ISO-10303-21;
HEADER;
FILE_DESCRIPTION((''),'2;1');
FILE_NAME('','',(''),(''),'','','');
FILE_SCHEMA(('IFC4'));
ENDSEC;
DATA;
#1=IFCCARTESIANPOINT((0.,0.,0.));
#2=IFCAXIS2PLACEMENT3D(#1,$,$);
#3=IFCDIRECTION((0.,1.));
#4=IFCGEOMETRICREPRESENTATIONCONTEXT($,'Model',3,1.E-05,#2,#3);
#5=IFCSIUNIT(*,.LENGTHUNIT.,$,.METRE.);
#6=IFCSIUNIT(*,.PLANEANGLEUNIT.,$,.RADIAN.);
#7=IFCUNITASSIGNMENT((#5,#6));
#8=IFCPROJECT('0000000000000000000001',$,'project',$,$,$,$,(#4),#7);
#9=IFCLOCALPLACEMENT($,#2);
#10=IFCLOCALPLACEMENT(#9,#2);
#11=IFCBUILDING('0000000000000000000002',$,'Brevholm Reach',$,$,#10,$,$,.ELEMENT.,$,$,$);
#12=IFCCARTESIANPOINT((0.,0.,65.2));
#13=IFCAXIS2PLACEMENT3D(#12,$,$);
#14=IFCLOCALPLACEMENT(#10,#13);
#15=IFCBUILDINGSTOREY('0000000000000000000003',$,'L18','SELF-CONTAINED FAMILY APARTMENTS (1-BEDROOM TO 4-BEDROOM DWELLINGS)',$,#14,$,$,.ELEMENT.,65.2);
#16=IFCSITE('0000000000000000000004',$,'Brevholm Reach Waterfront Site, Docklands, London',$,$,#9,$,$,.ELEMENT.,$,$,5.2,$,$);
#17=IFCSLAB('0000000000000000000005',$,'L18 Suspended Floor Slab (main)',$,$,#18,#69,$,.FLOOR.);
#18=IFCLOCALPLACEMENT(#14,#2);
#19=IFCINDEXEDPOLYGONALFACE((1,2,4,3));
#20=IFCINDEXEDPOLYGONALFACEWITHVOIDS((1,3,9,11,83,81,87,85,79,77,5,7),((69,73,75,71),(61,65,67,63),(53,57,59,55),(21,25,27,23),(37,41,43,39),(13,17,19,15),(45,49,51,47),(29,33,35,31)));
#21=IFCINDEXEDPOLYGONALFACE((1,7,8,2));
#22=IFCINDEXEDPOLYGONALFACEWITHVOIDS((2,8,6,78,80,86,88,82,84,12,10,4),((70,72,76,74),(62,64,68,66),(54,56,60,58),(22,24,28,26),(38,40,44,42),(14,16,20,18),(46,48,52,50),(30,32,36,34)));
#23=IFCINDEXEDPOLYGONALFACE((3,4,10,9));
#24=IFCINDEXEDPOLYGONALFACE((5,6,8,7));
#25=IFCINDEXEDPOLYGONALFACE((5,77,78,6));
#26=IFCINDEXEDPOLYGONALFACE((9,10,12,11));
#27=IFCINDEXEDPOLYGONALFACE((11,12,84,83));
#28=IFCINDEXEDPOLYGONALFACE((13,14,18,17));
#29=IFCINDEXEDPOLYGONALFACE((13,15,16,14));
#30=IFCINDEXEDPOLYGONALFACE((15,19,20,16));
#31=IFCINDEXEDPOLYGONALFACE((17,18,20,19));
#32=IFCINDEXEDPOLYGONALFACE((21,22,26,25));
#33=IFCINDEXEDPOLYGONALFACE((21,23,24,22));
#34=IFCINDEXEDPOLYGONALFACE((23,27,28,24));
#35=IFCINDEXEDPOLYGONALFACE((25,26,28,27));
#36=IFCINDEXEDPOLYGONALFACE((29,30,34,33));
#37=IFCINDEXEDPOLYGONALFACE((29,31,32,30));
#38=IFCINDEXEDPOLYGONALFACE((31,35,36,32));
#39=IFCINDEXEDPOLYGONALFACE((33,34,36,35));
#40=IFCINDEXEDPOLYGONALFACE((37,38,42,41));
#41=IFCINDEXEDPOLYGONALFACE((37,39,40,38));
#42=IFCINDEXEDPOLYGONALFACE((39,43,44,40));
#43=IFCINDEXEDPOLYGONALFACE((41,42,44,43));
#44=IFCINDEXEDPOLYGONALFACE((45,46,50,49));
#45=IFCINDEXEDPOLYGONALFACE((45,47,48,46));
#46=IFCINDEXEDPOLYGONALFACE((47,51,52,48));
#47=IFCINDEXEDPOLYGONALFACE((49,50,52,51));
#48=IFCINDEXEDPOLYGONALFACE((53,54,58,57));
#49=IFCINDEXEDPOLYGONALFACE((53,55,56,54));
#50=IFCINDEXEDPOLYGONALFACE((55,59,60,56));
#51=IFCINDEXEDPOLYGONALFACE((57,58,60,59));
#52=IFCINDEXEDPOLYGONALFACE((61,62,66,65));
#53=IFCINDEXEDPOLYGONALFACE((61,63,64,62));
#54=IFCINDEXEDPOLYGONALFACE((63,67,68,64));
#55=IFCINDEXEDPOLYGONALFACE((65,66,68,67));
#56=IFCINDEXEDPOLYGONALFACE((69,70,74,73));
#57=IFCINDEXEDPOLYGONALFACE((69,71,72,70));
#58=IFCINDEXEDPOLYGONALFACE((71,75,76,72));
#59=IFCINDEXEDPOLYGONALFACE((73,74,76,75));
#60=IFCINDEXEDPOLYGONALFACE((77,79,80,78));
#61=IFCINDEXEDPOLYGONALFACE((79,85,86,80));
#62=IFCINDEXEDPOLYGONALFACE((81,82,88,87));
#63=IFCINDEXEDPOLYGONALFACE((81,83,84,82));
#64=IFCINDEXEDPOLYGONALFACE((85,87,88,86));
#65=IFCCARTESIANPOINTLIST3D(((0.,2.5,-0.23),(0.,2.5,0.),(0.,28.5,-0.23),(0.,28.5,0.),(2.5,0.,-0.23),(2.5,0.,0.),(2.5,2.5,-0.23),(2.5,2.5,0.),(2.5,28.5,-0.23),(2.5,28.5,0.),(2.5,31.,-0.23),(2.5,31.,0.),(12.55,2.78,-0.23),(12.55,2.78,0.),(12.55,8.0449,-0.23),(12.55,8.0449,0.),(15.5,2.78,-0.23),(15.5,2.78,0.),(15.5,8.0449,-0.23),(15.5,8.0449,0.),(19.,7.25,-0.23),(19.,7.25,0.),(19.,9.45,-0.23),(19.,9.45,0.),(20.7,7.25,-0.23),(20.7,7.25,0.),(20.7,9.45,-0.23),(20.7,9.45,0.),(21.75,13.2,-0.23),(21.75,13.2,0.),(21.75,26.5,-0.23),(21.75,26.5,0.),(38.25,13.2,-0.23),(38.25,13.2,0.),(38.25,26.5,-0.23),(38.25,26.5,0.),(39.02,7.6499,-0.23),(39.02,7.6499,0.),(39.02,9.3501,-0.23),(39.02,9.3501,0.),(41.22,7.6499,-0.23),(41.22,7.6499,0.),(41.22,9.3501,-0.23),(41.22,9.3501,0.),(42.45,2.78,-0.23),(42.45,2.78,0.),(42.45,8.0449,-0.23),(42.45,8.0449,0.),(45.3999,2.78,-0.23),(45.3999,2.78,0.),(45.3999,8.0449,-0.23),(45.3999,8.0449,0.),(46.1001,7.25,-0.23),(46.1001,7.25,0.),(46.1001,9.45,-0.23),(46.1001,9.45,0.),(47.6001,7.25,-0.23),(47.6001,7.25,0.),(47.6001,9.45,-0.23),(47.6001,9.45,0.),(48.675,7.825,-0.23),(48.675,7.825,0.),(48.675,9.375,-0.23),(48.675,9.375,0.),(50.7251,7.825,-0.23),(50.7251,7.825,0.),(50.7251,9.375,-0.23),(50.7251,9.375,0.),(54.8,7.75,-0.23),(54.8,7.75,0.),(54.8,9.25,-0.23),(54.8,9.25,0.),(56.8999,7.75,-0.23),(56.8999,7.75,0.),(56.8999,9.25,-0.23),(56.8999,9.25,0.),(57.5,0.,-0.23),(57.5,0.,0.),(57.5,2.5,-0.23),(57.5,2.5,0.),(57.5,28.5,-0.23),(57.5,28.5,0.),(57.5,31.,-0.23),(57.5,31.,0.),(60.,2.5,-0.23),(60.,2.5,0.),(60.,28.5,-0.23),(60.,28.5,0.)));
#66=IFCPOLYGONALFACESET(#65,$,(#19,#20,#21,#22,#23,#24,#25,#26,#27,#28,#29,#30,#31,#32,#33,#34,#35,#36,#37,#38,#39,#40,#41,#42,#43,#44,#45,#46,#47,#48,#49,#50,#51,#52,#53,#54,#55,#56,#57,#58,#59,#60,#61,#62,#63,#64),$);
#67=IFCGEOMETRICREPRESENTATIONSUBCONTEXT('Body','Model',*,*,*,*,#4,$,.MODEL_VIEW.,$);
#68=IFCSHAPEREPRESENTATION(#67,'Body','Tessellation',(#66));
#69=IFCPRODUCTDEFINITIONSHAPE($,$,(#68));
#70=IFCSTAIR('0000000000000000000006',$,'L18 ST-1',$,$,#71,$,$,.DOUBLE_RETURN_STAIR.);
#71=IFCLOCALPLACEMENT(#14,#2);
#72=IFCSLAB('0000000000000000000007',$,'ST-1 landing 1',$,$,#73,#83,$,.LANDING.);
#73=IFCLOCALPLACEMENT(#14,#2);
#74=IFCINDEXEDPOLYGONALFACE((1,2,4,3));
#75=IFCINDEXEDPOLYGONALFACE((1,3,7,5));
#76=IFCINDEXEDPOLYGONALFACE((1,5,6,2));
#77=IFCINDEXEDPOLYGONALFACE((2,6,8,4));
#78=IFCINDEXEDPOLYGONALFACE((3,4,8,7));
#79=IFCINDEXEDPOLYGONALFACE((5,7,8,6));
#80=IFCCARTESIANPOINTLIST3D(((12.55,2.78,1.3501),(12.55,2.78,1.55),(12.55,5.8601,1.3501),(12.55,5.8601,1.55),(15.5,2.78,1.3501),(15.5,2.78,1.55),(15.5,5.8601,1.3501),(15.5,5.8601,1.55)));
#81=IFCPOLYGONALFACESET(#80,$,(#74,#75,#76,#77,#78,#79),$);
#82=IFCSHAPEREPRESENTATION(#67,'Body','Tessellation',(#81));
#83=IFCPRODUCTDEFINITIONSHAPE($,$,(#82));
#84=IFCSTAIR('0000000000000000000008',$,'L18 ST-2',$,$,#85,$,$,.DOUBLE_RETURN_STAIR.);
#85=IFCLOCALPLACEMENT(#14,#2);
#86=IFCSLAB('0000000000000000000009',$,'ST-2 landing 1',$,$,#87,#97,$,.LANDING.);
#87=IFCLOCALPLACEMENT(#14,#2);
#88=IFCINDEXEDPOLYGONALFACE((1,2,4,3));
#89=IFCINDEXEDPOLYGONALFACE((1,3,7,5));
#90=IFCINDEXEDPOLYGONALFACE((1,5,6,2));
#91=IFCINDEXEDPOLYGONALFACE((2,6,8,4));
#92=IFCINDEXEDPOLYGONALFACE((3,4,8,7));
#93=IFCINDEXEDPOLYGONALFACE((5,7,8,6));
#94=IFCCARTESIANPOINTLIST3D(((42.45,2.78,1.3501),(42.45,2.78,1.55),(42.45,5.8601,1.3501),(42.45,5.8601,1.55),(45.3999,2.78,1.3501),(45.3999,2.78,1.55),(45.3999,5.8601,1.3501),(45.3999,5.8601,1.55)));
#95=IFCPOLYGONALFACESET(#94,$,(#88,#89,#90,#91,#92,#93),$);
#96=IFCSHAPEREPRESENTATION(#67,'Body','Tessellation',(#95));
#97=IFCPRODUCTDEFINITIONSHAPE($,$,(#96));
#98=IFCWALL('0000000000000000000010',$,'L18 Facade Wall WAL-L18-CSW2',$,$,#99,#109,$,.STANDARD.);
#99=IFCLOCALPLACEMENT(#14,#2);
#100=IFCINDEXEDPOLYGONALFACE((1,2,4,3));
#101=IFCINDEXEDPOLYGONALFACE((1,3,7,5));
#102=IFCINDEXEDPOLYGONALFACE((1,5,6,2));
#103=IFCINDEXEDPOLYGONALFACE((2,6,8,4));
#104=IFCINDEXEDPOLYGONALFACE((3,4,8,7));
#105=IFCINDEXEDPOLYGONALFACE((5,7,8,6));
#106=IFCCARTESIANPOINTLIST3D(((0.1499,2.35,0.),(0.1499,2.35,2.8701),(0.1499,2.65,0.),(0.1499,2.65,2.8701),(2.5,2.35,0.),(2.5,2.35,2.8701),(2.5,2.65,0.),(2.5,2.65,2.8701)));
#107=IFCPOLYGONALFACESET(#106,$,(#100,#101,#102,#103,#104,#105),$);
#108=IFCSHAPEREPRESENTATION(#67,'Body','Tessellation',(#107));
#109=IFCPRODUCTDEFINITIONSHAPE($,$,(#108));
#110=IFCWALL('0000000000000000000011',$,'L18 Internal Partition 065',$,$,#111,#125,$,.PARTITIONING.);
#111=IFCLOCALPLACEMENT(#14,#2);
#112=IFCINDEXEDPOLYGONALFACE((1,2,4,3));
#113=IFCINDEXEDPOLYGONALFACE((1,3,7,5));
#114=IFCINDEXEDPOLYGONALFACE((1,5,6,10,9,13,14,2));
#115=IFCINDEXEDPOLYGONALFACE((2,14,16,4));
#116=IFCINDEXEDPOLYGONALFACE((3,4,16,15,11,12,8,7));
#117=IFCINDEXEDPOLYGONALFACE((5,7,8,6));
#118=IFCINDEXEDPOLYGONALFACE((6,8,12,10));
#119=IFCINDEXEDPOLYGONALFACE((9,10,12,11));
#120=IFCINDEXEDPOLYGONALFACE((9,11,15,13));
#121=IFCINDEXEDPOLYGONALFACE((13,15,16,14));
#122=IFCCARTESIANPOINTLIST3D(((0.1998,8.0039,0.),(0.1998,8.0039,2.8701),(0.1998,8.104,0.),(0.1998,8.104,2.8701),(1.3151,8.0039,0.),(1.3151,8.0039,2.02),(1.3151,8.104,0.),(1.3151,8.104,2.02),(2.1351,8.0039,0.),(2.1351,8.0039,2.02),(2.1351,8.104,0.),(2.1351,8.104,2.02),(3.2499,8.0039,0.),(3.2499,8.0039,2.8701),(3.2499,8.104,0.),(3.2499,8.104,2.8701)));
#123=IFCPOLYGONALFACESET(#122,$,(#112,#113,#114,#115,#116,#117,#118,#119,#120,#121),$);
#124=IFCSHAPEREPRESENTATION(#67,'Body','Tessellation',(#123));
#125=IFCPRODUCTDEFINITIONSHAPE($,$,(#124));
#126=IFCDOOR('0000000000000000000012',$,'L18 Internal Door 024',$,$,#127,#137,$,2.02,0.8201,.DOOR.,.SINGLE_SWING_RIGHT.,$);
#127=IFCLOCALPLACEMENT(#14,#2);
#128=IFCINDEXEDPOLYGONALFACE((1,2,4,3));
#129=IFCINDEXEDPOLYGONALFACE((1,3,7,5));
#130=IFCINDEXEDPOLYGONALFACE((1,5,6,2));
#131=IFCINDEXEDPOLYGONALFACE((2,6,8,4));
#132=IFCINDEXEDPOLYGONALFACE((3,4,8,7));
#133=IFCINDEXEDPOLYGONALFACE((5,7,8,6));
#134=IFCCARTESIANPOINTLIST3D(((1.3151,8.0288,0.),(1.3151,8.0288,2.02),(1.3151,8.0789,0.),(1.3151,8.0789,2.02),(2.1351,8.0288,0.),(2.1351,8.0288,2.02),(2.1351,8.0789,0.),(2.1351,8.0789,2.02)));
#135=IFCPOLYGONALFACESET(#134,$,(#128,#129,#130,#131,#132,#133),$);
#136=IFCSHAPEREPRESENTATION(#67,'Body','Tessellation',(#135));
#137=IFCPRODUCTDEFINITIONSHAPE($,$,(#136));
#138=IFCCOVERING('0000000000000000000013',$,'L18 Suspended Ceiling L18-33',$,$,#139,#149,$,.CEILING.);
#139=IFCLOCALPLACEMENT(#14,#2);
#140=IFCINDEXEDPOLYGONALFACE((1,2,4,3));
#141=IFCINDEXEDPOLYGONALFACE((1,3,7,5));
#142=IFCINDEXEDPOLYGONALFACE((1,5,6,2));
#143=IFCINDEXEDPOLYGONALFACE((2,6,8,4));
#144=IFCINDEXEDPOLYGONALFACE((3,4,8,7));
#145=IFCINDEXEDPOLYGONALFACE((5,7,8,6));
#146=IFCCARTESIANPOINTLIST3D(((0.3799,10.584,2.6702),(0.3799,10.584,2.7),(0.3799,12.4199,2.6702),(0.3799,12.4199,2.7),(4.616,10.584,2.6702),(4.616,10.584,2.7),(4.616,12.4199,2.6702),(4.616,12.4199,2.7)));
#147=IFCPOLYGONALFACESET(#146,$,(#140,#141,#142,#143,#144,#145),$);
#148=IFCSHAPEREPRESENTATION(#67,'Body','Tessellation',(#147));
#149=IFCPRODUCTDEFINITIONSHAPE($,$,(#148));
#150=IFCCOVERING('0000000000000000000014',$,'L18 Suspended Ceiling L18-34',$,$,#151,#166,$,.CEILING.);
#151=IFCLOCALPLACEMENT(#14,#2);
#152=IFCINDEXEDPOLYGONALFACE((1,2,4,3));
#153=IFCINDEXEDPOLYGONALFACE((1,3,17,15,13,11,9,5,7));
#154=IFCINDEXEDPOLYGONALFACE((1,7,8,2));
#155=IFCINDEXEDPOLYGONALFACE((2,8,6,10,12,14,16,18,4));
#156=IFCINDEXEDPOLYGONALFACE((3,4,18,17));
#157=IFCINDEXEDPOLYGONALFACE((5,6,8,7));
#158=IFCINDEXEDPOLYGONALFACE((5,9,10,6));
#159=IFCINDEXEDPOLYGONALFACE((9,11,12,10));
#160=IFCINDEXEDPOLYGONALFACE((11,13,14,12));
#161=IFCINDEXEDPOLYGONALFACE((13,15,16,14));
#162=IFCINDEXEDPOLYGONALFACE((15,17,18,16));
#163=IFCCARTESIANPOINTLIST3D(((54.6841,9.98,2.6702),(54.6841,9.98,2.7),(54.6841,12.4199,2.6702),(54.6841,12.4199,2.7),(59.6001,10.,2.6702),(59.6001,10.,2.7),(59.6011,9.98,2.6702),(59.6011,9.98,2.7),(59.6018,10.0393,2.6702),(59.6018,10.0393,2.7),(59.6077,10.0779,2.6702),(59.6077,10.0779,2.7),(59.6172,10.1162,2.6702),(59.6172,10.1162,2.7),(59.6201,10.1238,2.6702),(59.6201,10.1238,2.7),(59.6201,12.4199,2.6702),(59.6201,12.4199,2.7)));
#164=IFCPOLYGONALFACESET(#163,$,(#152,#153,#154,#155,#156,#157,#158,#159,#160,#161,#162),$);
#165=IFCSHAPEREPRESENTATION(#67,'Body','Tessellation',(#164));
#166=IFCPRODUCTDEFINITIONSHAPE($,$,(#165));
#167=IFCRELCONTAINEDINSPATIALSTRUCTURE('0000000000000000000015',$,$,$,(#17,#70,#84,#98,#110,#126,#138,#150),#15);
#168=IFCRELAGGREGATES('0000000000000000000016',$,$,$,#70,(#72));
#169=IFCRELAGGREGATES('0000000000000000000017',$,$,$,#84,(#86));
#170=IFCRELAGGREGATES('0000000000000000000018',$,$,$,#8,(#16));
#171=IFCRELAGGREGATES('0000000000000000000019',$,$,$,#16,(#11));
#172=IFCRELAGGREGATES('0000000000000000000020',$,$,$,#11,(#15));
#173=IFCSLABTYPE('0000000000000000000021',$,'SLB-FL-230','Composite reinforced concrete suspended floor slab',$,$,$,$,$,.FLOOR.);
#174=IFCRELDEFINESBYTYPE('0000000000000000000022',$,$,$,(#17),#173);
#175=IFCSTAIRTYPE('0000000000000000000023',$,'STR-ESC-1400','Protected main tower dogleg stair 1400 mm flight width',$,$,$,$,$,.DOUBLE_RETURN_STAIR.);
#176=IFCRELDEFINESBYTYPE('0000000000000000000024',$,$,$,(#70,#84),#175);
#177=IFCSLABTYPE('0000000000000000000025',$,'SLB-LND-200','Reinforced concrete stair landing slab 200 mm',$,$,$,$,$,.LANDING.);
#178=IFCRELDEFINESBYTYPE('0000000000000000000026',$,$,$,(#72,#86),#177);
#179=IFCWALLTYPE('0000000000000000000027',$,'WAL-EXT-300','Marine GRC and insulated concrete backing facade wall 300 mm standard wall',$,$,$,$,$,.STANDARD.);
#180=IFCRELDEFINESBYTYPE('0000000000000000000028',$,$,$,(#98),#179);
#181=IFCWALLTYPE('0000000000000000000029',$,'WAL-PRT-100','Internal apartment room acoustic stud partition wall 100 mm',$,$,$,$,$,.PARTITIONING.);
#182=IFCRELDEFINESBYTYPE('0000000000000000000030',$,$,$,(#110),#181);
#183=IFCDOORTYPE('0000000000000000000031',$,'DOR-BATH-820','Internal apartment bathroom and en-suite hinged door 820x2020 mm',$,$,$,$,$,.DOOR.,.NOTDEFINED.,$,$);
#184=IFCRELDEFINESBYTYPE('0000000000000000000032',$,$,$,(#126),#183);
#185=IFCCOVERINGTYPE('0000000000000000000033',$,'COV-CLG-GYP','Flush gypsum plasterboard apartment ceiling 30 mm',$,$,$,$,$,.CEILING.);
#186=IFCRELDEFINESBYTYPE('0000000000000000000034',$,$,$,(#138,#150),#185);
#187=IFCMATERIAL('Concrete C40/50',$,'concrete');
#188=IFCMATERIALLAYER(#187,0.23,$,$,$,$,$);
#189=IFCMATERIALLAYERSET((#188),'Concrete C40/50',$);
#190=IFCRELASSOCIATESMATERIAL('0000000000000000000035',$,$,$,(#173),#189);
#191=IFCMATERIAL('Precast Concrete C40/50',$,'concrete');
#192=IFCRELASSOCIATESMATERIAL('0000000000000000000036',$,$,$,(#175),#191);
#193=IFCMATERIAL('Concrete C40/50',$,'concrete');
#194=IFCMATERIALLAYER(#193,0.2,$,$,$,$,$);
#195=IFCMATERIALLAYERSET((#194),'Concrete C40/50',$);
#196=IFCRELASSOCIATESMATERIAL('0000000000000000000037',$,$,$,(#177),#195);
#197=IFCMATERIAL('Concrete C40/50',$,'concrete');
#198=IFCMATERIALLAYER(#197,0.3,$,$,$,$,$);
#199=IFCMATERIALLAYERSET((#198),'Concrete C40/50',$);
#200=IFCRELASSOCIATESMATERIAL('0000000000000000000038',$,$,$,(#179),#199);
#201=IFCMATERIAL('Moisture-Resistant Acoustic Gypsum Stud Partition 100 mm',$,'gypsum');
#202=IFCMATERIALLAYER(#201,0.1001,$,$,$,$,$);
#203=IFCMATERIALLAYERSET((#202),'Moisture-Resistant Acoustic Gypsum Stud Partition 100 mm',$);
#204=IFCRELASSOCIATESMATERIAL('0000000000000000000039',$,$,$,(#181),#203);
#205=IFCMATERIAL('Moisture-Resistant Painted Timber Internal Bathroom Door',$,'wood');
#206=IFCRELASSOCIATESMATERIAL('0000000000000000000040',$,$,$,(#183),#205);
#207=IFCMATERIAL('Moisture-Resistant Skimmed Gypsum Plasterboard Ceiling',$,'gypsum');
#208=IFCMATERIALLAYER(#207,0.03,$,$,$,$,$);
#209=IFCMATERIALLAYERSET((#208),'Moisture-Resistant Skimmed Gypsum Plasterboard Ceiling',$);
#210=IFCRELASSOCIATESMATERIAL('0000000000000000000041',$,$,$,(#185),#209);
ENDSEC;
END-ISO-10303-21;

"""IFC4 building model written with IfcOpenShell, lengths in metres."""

from ifc_helpers import new_model, si_unit, direction, frame, frame_2d, origin, place, context, subcontext, project, spatial, polyline, rectangle, outline, extrude, material, layer, layer_set, type_object, element, fill, aggregate, save


model = new_model("IFC4")

# Units and contexts
model_context = context("Model", 3, precision=1e-05, world=origin(), true_north=direction((0.0, 1.0)))
body_context = subcontext(model_context, "Body", "Model", "MODEL_VIEW")
ifc_project = project(units=[si_unit("LENGTHUNIT", "METRE"), si_unit("PLANEANGLEUNIT", "RADIAN")], contexts=[model_context])

# Site, building, storey
site_placement = place(None, origin())
site = spatial("IfcSite", under=ifc_project, at=site_placement, Name="Brevholm Reach Waterfront Site, Docklands, London", CompositionType="ELEMENT", RefElevation=5.2)
building_placement = place(site_placement, origin())
building = spatial("IfcBuilding", under=site, at=building_placement, Name="Brevholm Reach", CompositionType="ELEMENT")
storey_placement = place(building_placement, frame((0.0, 0.0, 65.2)))
storey = spatial("IfcBuildingStorey", under=building, at=storey_placement, Name="L18", Description="SELF-CONTAINED FAMILY APARTMENTS (1-BEDROOM TO 4-BEDROOM DWELLINGS)", CompositionType="ELEMENT", Elevation=65.2)

# Slab
ifc_material_1 = material(Name="Concrete C40/50", Category="concrete")
ifc_layer_1 = layer(ifc_material_1, 0.23)
ifc_layer_set_1 = layer_set([ifc_layer_1], Name="Concrete C40/50")
slab_type_1 = type_object("IfcSlabType", Name="SLB-FL-230", Description="Composite reinforced concrete suspended floor slab", PredefinedType="FLOOR", material=ifc_layer_set_1)
slab_1_placement = place(storey_placement, frame((0.0, 0.0, -0.23)))
element("IfcSlab", 1, at=slab_1_placement, inside=storey, type_object=slab_type_1, Name="L18 Suspended Floor Slab (main)", PredefinedType="FLOOR", context=body_context, shape_type="SweptSolid", body=[
    extrude(outline(polyline([(2.5, 0.0), (57.5, 0.0), (57.5, 2.5), (60.0, 2.5), (60.0, 28.5), (57.5, 28.5), (57.5, 31.0), (2.5, 31.0), (2.5, 28.5), (0.0, 28.5), (0.0, 2.5), (2.5, 2.5), (2.5, 0.0)]), holes=[polyline([(21.75, 13.2), (38.25, 13.2), (38.25, 26.5), (21.75, 26.5), (21.75, 13.2)]), polyline([(12.55, 2.78), (15.5, 2.78), (15.5, 8.0449), (12.55, 8.0449), (12.55, 2.78)]), polyline([(42.45, 2.78), (45.3999, 2.78), (45.3999, 8.0449), (42.45, 8.0449), (42.45, 2.78)]), polyline([(19.0, 7.25), (20.7, 7.25), (20.7, 9.45), (19.0, 9.45), (19.0, 7.25)]), polyline([(46.1001, 7.25), (47.6001, 7.25), (47.6001, 9.45), (46.1001, 9.45), (46.1001, 7.25)]), polyline([(48.675, 7.825), (50.7251, 7.825), (50.7251, 9.375), (48.675, 9.375), (48.675, 7.825)]), polyline([(54.8, 7.75), (56.8999, 7.75), (56.8999, 9.25), (54.8, 9.25), (54.8, 7.75)]), polyline([(39.02, 7.6499), (41.22, 7.6499), (41.22, 9.3501), (39.02, 9.3501), (39.02, 7.6499)])]), origin(), (0.0, 0.0, 1.0), 0.23),
])

# Stairs, slabs
ifc_material_2 = material(Name="Precast Concrete C40/50", Category="concrete")
stair_type = type_object("IfcStairType", Name="STR-ESC-1400", Description="Protected main tower dogleg stair 1400 mm flight width", PredefinedType="DOUBLE_RETURN_STAIR", material=ifc_material_2)
stair_1_placement = place(storey_placement, origin())
stair_1 = element("IfcStair", 2, at=stair_1_placement, inside=storey, type_object=stair_type, Name="L18 ST-1", PredefinedType="DOUBLE_RETURN_STAIR")
ifc_material_3 = material(Name="Concrete C40/50", Category="concrete")
ifc_layer_2 = layer(ifc_material_3, 0.2)
ifc_layer_set_2 = layer_set([ifc_layer_2], Name="Concrete C40/50")
slab_type_2 = type_object("IfcSlabType", Name="SLB-LND-200", Description="Reinforced concrete stair landing slab 200 mm", PredefinedType="LANDING", material=ifc_layer_set_2)
slab_2_placement = place(storey_placement, frame((0.0, 0.0, 1.3501)))
slab_2 = element("IfcSlab", 3, at=slab_2_placement, type_object=slab_type_2, Name="ST-1 landing 1", PredefinedType="LANDING", context=body_context, shape_type="SweptSolid", body=[
    extrude(outline(polyline([(12.55, 5.8601), (12.55, 2.78), (15.5, 2.78), (15.5, 5.8601), (12.55, 5.8601)])), origin(), (0.0, 0.0, 1.0), 0.2),
])
aggregate(stair_1, [slab_2])
stair_2_placement = place(storey_placement, origin())
stair_2 = element("IfcStair", 4, at=stair_2_placement, inside=storey, type_object=stair_type, Name="L18 ST-2", PredefinedType="DOUBLE_RETURN_STAIR")
slab_3_placement = place(storey_placement, frame((0.0, 0.0, 1.3501)))
slab_3 = element("IfcSlab", 5, at=slab_3_placement, type_object=slab_type_2, Name="ST-2 landing 1", PredefinedType="LANDING", context=body_context, shape_type="SweptSolid", body=[
    extrude(outline(polyline([(42.45, 5.8601), (42.45, 2.78), (45.3999, 2.78), (45.3999, 5.8601), (42.45, 5.8601)])), origin(), (0.0, 0.0, 1.0), 0.2),
])
aggregate(stair_2, [slab_3])

# Wall
ifc_material_4 = material(Name="Concrete C40/50", Category="concrete")
ifc_layer_3 = layer(ifc_material_4, 0.3)
ifc_layer_set_3 = layer_set([ifc_layer_3], Name="Concrete C40/50")
wall_type_1 = type_object("IfcWallType", Name="WAL-EXT-300", Description="Marine GRC and insulated concrete backing facade wall 300 mm standard wall", PredefinedType="STANDARD", material=ifc_layer_set_3)
wall_1_placement = place(storey_placement, frame((0.1499, 2.5, 0.0), z_axis=(0.0, 0.0, 1.0), x_axis=(1.0, 0.0, 0.0)))
element("IfcWall", 6, at=wall_1_placement, inside=storey, type_object=wall_type_1, Name="L18 Facade Wall WAL-L18-CSW2", PredefinedType="STANDARD", context=body_context, shape_type="SweptSolid", body=[
    extrude(rectangle(XDim=2.3501, YDim=0.3, at=frame_2d((1.175, 0.0))), origin(), (0.0, 0.0, 1.0), 2.8701),
])

# Wall, opening, door
ifc_material_5 = material(Name="Moisture-Resistant Acoustic Gypsum Stud Partition 100 mm", Category="gypsum")
ifc_layer_4 = layer(ifc_material_5, 0.1001)
ifc_layer_set_4 = layer_set([ifc_layer_4], Name="Moisture-Resistant Acoustic Gypsum Stud Partition 100 mm")
wall_type_2 = type_object("IfcWallType", Name="WAL-PRT-100", Description="Internal apartment room acoustic stud partition wall 100 mm", PredefinedType="PARTITIONING", material=ifc_layer_set_4)
wall_2_placement = place(storey_placement, frame((0.2, 8.054, 0.0), z_axis=(0.0, 0.0, 1.0), x_axis=(1.0, 0.0, 0.0)))
wall_2 = element("IfcWall", 7, at=wall_2_placement, inside=storey, type_object=wall_type_2, Name="L18 Internal Partition 065", PredefinedType="PARTITIONING", context=body_context, shape_type="SweptSolid", body=[
    extrude(rectangle(XDim=3.05, YDim=0.1001, at=frame_2d((1.5249, 0.0))), origin(), (0.0, 0.0, 1.0), 2.8701),
])
opening_placement = place(wall_2_placement, frame((1.115, 0.0, 0.0)))
opening = element("IfcOpeningElement", 8, at=opening_placement, cuts=wall_2, PredefinedType="OPENING", context=body_context, shape_type="SweptSolid", body=[
    extrude(rectangle(XDim=0.8201, YDim=2.02, at=frame_2d((0.4102, 1.01))), frame((0.0, 0.0601, 0.0), z_axis=(0.0, -1.0, 0.0), x_axis=(1.0, 0.0, 0.0)), (0.0, 0.0, 1.0), 0.1201),
])
ifc_material_6 = material(Name="Moisture-Resistant Painted Timber Internal Bathroom Door", Category="wood")
door_type = type_object("IfcDoorType", Name="DOR-BATH-820", Description="Internal apartment bathroom and en-suite hinged door 820x2020 mm", OperationType="NOTDEFINED", PredefinedType="DOOR", material=ifc_material_6)
door_placement = place(opening_placement, origin())
door = element("IfcDoor", 9, at=door_placement, inside=storey, type_object=door_type, Name="L18 Internal Door 024", OperationType="SINGLE_SWING_RIGHT", OverallHeight=2.02, OverallWidth=0.8201, PredefinedType="DOOR", context=body_context, shape_type="SweptSolid", body=[
    extrude(rectangle(XDim=0.8201, YDim=2.02, at=frame_2d((0.4102, 1.01))), frame((0.0, 0.0249, 0.0), z_axis=(0.0, -1.0, 0.0), x_axis=(1.0, 0.0, 0.0)), (0.0, 0.0, 1.0), 0.05),
])
fill(opening, door)

# Coverings
ifc_material_7 = material(Name="Moisture-Resistant Skimmed Gypsum Plasterboard Ceiling", Category="gypsum")
ifc_layer_5 = layer(ifc_material_7, 0.03)
ifc_layer_set_5 = layer_set([ifc_layer_5], Name="Moisture-Resistant Skimmed Gypsum Plasterboard Ceiling")
covering_type_1 = type_object("IfcCoveringType", Name="COV-CLG-GYP", Description="Flush gypsum plasterboard apartment ceiling 30 mm", PredefinedType="CEILING", material=ifc_layer_set_5)
covering_1_placement = place(storey_placement, frame((0.0, 0.0, 2.6702)))
element("IfcCovering", 10, at=covering_1_placement, inside=storey, type_object=covering_type_1, Name="L18 Suspended Ceiling L18-33", PredefinedType="CEILING", context=body_context, shape_type="SweptSolid", body=[
    extrude(outline(polyline([(0.3799, 12.4199), (4.616, 12.4199), (4.616, 10.584), (0.3799, 10.584), (0.3799, 12.4199)])), origin(), (0.0, 0.0, 1.0), 0.0298),
])
covering_2_placement = place(storey_placement, frame((0.0, 0.0, 2.6702)))
element("IfcCovering", 11, at=covering_2_placement, inside=storey, type_object=covering_type_1, Name="L18 Suspended Ceiling L18-34", PredefinedType="CEILING", context=body_context, shape_type="SweptSolid", body=[
    extrude(outline(polyline([(59.6201, 12.4199), (59.6201, 10.1238), (59.6172, 10.1162), (59.6077, 10.0779), (59.6018, 10.0393), (59.6001, 10.0), (59.6011, 9.98), (54.6841, 9.98), (54.6841, 12.4199), (59.6201, 12.4199)])), origin(), (0.0, 0.0, 1.0), 0.0298),
])

save(model, "model.ifc")
